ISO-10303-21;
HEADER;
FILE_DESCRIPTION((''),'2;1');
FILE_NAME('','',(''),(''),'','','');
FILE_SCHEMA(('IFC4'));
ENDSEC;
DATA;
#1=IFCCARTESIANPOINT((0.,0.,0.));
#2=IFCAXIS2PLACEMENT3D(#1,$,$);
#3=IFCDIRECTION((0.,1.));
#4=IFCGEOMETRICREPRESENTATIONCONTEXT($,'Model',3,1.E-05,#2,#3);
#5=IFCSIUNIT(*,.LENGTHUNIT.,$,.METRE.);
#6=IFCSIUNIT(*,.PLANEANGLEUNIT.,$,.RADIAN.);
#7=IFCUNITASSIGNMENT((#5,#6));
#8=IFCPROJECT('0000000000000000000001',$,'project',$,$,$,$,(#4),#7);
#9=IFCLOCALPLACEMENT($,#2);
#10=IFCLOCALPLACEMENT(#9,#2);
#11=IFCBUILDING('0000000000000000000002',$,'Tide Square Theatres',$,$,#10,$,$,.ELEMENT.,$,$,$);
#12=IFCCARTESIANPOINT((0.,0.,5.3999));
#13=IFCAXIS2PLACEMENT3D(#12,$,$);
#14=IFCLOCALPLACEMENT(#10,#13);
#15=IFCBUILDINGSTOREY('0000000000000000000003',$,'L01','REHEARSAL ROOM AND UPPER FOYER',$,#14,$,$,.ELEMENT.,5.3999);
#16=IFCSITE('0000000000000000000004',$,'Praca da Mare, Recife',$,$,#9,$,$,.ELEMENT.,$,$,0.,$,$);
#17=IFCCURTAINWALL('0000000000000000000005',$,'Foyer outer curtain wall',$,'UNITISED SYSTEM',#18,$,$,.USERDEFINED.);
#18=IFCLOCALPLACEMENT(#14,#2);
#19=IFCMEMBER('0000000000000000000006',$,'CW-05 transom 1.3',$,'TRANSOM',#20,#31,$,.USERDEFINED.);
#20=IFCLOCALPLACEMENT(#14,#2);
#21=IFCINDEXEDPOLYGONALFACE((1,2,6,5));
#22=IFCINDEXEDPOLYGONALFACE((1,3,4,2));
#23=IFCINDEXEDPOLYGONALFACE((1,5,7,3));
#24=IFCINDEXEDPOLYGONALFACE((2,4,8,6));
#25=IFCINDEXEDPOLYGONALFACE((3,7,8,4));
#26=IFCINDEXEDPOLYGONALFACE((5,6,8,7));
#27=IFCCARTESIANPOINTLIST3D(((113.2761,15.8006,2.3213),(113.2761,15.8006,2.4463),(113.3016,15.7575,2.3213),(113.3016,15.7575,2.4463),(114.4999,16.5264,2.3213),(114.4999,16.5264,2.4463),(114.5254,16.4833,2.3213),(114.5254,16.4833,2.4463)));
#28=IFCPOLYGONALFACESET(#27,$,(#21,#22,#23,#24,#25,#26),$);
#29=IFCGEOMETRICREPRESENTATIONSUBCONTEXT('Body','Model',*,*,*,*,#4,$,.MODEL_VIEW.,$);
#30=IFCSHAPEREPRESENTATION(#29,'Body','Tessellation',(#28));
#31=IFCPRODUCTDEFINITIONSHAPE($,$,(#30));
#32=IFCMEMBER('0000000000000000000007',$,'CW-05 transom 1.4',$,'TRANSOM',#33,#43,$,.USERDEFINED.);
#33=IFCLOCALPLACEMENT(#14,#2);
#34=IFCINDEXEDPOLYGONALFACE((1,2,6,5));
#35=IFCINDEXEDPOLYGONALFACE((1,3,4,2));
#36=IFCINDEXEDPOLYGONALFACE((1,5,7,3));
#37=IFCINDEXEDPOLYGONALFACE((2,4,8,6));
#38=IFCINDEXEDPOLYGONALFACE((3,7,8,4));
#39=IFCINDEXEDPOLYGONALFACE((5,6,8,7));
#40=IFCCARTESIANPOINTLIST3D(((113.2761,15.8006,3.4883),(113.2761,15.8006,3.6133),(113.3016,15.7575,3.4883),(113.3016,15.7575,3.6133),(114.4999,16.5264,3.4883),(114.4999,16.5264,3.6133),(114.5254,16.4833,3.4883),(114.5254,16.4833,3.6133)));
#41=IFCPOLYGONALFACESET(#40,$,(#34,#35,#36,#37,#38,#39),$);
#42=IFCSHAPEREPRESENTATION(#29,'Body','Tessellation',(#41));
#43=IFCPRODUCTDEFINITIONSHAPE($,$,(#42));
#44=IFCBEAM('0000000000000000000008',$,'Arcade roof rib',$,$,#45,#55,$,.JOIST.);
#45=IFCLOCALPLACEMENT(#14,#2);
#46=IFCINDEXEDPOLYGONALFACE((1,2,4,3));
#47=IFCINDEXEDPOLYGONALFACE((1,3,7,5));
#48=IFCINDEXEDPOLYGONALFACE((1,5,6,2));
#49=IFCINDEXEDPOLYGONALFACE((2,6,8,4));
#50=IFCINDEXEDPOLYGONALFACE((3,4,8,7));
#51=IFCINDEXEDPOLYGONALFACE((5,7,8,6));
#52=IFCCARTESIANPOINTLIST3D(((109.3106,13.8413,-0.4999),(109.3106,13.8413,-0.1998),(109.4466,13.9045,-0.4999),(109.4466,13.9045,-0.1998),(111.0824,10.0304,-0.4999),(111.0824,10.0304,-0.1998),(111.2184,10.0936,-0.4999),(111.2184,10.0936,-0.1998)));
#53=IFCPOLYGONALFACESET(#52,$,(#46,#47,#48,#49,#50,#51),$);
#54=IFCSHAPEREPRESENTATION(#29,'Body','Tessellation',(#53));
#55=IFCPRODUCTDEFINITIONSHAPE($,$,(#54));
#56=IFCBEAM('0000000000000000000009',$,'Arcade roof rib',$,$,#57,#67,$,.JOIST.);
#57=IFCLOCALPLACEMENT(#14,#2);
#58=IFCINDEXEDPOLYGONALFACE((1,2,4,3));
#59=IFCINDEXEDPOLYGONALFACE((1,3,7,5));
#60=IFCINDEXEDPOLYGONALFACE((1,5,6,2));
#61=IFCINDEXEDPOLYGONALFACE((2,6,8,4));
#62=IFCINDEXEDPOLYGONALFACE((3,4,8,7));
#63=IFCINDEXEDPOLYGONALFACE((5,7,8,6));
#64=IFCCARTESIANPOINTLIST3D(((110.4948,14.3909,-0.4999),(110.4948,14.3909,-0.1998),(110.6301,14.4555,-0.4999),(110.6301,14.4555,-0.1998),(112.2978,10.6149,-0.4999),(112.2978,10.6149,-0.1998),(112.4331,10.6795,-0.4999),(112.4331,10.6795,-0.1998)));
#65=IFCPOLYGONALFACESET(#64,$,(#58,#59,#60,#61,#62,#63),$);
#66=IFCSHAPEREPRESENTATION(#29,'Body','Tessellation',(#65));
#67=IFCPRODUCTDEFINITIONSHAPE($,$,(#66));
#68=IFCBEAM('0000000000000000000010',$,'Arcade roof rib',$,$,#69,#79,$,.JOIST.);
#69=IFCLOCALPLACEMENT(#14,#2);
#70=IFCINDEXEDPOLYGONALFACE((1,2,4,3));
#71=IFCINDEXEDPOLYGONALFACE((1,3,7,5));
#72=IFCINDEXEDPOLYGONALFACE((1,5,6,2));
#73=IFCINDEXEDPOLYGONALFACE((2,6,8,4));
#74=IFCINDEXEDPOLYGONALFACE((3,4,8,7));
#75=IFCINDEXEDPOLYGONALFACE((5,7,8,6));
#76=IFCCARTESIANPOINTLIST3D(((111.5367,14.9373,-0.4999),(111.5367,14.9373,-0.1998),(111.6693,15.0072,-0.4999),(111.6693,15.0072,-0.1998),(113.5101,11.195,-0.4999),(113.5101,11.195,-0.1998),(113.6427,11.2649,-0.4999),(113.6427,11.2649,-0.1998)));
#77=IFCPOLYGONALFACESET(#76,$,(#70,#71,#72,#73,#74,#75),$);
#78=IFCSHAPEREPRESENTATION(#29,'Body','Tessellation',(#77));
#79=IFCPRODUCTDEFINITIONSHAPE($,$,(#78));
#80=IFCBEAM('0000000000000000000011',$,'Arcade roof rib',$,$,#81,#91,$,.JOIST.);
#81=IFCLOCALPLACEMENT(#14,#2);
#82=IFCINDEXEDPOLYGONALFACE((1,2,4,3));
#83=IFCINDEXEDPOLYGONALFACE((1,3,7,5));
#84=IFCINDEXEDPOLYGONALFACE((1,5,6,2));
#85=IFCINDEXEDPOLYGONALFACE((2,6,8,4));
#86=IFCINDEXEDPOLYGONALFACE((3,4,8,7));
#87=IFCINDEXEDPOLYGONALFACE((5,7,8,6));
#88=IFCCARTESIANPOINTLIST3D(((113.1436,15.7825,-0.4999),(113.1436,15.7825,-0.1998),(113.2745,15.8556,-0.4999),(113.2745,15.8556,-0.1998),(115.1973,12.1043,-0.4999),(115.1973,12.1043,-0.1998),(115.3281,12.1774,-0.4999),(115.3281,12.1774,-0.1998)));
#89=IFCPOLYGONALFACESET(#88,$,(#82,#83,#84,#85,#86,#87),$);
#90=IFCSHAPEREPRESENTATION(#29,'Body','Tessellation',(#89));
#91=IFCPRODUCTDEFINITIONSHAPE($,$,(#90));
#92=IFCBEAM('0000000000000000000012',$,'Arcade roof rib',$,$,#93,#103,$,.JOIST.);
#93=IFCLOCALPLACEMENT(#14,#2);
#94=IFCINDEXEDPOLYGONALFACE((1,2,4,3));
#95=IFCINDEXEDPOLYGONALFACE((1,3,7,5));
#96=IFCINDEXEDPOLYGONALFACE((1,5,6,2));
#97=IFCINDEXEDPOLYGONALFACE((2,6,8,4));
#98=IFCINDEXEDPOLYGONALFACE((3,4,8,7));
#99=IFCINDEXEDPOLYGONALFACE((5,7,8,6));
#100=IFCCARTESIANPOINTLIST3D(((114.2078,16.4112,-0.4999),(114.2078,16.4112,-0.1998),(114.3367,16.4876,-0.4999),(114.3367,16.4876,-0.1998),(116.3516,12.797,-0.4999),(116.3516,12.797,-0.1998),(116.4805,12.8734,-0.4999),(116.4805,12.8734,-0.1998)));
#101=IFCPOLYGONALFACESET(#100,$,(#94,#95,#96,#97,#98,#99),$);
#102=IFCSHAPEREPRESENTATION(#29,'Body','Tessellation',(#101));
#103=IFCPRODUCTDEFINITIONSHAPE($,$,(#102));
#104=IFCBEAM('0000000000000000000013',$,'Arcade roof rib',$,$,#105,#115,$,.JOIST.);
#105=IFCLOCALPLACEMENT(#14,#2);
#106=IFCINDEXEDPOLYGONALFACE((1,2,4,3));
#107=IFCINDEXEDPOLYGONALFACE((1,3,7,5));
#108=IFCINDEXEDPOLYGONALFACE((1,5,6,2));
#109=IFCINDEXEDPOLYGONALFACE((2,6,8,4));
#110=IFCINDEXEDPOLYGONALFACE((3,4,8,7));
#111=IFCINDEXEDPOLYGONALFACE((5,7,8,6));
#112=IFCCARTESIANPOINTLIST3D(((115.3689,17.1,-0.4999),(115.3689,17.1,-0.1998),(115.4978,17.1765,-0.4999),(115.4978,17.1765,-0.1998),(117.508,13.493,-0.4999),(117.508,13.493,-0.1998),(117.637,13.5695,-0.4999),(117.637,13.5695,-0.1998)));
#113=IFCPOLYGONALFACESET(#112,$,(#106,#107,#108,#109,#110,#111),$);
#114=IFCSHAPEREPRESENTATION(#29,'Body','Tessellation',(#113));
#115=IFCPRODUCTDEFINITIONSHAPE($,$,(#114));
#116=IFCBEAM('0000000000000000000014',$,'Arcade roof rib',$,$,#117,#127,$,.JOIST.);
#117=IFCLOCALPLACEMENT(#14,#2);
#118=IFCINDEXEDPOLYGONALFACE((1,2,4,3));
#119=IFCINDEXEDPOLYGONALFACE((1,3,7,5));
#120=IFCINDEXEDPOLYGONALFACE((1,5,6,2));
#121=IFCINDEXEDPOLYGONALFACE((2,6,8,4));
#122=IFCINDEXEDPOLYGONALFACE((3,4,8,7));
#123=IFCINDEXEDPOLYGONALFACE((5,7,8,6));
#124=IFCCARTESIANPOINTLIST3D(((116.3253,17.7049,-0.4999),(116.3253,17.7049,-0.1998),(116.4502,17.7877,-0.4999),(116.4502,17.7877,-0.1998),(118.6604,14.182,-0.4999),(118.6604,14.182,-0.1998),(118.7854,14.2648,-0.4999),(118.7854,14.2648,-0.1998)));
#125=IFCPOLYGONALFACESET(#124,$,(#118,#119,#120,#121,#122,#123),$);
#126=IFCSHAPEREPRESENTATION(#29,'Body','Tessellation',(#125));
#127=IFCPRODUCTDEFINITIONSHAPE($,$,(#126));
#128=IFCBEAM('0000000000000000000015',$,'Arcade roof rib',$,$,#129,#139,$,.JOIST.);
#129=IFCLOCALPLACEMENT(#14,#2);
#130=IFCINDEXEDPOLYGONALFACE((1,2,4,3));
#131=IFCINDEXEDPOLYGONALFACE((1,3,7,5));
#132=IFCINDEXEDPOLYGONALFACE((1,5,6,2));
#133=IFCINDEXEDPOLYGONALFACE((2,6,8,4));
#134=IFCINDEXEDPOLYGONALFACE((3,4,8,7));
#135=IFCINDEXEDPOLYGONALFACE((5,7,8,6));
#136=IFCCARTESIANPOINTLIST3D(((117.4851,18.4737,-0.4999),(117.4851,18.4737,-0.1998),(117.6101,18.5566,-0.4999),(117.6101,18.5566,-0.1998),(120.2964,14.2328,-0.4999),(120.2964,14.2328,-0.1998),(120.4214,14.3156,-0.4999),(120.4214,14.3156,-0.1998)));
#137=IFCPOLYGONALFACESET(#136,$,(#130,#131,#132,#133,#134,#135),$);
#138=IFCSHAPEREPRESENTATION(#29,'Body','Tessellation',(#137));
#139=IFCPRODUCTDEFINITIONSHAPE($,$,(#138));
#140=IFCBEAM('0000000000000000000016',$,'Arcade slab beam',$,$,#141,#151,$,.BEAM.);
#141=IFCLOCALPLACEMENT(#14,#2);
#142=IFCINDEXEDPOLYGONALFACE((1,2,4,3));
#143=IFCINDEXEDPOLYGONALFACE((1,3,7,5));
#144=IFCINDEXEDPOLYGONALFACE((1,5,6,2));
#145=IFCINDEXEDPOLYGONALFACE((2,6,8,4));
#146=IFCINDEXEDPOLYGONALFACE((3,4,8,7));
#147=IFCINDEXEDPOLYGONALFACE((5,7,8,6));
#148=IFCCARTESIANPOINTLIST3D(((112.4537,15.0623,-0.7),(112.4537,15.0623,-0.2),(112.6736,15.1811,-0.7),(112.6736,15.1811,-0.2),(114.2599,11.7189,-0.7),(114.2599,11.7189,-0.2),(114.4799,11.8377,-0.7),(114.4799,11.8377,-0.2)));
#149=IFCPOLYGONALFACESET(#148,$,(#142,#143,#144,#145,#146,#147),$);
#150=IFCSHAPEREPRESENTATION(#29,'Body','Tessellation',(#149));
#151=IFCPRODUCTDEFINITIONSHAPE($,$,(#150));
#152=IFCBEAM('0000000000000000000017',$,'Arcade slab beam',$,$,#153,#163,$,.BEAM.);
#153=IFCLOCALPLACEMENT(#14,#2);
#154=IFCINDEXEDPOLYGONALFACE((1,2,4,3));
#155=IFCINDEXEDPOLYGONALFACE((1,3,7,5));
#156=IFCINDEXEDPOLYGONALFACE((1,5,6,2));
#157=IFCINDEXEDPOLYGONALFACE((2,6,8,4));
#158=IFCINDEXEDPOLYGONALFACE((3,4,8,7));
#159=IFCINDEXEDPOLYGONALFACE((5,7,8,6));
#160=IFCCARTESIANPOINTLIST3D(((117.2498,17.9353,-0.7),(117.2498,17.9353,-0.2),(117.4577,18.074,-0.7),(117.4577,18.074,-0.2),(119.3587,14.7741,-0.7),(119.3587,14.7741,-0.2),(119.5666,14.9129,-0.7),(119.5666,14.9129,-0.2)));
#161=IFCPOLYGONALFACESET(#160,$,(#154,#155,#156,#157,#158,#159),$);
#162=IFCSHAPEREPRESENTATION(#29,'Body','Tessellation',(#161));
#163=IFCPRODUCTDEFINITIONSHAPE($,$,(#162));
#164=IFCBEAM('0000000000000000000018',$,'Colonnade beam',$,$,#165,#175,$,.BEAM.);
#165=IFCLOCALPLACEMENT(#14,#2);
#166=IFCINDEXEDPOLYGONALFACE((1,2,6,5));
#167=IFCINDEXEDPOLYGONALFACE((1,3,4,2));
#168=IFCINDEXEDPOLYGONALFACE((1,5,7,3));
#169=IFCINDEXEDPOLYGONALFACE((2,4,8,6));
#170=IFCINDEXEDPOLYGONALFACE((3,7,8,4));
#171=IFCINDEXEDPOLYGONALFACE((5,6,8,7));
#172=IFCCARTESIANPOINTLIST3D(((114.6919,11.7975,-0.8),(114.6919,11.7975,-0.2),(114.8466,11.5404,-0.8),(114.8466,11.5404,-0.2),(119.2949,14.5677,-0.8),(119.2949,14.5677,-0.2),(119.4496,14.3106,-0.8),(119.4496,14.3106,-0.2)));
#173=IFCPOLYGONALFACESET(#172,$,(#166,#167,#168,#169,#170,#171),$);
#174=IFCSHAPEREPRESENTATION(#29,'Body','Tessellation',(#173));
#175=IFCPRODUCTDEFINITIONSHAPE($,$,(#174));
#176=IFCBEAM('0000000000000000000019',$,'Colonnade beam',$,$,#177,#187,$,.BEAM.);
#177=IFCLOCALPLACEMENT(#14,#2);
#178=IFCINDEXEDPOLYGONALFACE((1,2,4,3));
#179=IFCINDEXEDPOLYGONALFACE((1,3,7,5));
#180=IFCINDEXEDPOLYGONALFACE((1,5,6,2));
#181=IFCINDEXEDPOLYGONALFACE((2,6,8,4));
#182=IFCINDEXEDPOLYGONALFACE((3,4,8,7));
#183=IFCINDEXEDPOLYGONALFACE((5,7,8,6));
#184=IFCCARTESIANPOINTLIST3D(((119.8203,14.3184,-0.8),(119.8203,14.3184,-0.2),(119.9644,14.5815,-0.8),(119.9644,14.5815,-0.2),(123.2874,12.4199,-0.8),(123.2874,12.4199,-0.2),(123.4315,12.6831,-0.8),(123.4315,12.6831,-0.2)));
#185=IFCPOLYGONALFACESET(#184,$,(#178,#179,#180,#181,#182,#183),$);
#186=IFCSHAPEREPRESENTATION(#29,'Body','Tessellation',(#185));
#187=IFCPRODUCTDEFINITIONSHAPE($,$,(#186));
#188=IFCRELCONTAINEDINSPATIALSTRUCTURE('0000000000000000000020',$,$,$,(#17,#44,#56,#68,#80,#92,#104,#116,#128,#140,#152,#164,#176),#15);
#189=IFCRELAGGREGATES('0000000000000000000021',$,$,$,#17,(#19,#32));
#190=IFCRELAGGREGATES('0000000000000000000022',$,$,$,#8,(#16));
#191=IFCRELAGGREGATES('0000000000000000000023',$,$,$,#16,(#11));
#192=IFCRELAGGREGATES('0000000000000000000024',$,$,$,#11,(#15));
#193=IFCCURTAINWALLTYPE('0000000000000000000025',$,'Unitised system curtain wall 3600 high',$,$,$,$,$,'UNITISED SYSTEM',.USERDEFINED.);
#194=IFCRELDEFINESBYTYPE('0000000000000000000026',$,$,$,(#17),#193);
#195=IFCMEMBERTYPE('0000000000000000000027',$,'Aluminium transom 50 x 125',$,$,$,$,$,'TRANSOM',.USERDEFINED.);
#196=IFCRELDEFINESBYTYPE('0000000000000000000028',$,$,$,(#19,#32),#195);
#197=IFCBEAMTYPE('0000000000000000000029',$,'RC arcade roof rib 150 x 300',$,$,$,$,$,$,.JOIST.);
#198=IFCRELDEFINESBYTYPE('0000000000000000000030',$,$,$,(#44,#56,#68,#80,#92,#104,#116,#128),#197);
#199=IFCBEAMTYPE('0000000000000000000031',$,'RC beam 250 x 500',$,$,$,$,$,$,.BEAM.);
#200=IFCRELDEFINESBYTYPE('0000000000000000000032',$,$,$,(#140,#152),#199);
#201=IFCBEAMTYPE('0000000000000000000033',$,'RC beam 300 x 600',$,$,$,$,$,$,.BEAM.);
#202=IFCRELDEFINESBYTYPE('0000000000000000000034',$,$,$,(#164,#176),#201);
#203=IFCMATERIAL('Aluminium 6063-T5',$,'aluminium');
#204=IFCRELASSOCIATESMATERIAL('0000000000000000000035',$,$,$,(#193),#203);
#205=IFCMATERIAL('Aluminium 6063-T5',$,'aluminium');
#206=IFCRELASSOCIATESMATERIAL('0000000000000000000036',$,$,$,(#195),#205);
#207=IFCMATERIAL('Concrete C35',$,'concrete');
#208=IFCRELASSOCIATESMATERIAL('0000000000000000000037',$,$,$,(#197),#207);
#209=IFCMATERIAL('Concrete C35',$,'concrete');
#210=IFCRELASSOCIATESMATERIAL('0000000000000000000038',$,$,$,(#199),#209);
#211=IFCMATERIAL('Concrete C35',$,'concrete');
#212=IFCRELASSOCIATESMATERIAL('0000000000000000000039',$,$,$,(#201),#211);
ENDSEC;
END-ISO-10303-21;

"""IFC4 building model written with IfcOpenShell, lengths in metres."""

from ifc_helpers import new_model, si_unit, direction, frame, origin, origin_2d, place, context, subcontext, project, spatial, rectangle, extrude, material, material_profile, profile_set, type_object, element, aggregate, save


model = new_model("IFC4")

# Units and contexts
model_context = context("Model", 3, precision=1e-05, world=origin(), true_north=direction((0.0, 1.0)))
body_context = subcontext(model_context, "Body", "Model", "MODEL_VIEW")
ifc_project = project(units=[si_unit("LENGTHUNIT", "METRE"), si_unit("PLANEANGLEUNIT", "RADIAN")], contexts=[model_context])

# Site, building, storey
site_placement = place(None, origin())
site = spatial("IfcSite", under=ifc_project, at=site_placement, Name="Praca da Mare, Recife", CompositionType="ELEMENT", RefElevation=0.0)
building_placement = place(site_placement, origin())
building = spatial("IfcBuilding", under=site, at=building_placement, Name="Tide Square Theatres", CompositionType="ELEMENT")
storey_placement = place(building_placement, frame((0.0, 0.0, 5.3999)))
storey = spatial("IfcBuildingStorey", under=building, at=storey_placement, Name="L01", Description="REHEARSAL ROOM AND UPPER FOYER", CompositionType="ELEMENT", Elevation=5.3999)

# Shared definitions
ifc_material_1 = material(Name="Aluminium 6063-T5", Category="aluminium")
curtain_wall_type = type_object("IfcCurtainWallType", Name="Unitised system curtain wall 3600 high", ElementType="UNITISED SYSTEM", PredefinedType="USERDEFINED", material=ifc_material_1)

# Curtain wall
curtain_wall_1_placement = place(storey_placement, origin())
curtain_wall_1 = element("IfcCurtainWall", 1, at=curtain_wall_1_placement, inside=storey, type_object=curtain_wall_type, Name="Foyer outer curtain wall", ObjectType="UNITISED SYSTEM", PredefinedType="USERDEFINED")

# Members
ifc_material_2 = material(Name="Aluminium 6063-T5", Category="aluminium")
ifc_material_profile_1 = material_profile(ifc_material_2, rectangle(XDim=0.05, YDim=0.125, at=origin_2d()))
ifc_profile_set_1 = profile_set([ifc_material_profile_1], Name="Aluminium 6063-T5")
member_type_1 = type_object("IfcMemberType", Name="Aluminium transom 50 x 125", ElementType="TRANSOM", PredefinedType="USERDEFINED", material=ifc_profile_set_1)
member_1_placement = place(storey_placement, frame((113.2888, 15.7791, 2.3838), z_axis=(0.860116, 0.510099, 0.0), x_axis=(-0.510099, 0.860116, 0.0)))
member_1 = element("IfcMember", 2, at=member_1_placement, type_object=member_type_1, Name="CW-05 transom 1.3", ObjectType="TRANSOM", PredefinedType="USERDEFINED", context=body_context, shape_type="SweptSolid", body=[
    extrude(rectangle(XDim=0.05, YDim=0.125, at=origin_2d()), origin(), (0.0, 0.0, 1.0), 1.4229),
])
member_2_placement = place(storey_placement, frame((113.2888, 15.7791, 3.5508), z_axis=(0.860116, 0.510099, 0.0), x_axis=(-0.510099, 0.860116, 0.0)))
member_2 = element("IfcMember", 3, at=member_2_placement, type_object=member_type_1, Name="CW-05 transom 1.4", ObjectType="TRANSOM", PredefinedType="USERDEFINED", context=body_context, shape_type="SweptSolid", body=[
    extrude(rectangle(XDim=0.05, YDim=0.125, at=origin_2d()), origin(), (0.0, 0.0, 1.0), 1.4229),
])

# Beams
ifc_material_3 = material(Name="Concrete C35", Category="concrete")
ifc_material_profile_2 = material_profile(ifc_material_3, rectangle(XDim=0.1499, YDim=0.3, at=origin_2d()))
ifc_profile_set_2 = profile_set([ifc_material_profile_2], Name="Concrete C35")
beam_type_1 = type_object("IfcBeamType", Name="RC arcade roof rib 150 x 300", PredefinedType="JOIST", material=ifc_profile_set_2)
beam_1_placement = place(storey_placement, frame((111.1504, 10.062, -0.3499), z_axis=(-0.421587, 0.906788, 0.0), x_axis=(-0.906788, -0.421587, 0.0)))
element("IfcBeam", 4, at=beam_1_placement, inside=storey, type_object=beam_type_1, Name="Arcade roof rib", PredefinedType="JOIST", context=body_context, shape_type="SweptSolid", body=[
    extrude(rectangle(XDim=0.1499, YDim=0.3, at=origin_2d()), origin(), (0.0, 0.0, 1.0), 4.2026),
])
beam_2_placement = place(storey_placement, frame((112.3655, 10.6472, -0.3499), z_axis=(-0.430896, 0.902402, 0.0), x_axis=(-0.902402, -0.430896, 0.0)))
element("IfcBeam", 5, at=beam_2_placement, inside=storey, type_object=beam_type_1, Name="Arcade roof rib", PredefinedType="JOIST", context=body_context, shape_type="SweptSolid", body=[
    extrude(rectangle(XDim=0.1499, YDim=0.3, at=origin_2d()), origin(), (0.0, 0.0, 1.0), 4.1843),
])
beam_3_placement = place(storey_placement, frame((113.5764, 11.23, -0.3499), z_axis=(-0.466453, 0.884546, 0.0), x_axis=(-0.884546, -0.466453, 0.0)))
element("IfcBeam", 6, at=beam_3_placement, inside=storey, type_object=beam_type_1, Name="Arcade roof rib", PredefinedType="JOIST", context=body_context, shape_type="SweptSolid", body=[
    extrude(rectangle(XDim=0.1499, YDim=0.3, at=origin_2d()), origin(), (0.0, 0.0, 1.0), 4.2307),
])
beam_4_placement = place(storey_placement, frame((115.2627, 12.1409, -0.3499), z_axis=(-0.487502, 0.873122, 0.0), x_axis=(-0.873122, -0.487502, 0.0)))
element("IfcBeam", 7, at=beam_4_placement, inside=storey, type_object=beam_type_1, Name="Arcade roof rib", PredefinedType="JOIST", context=body_context, shape_type="SweptSolid", body=[
    extrude(rectangle(XDim=0.1499, YDim=0.3, at=origin_2d()), origin(), (0.0, 0.0, 1.0), 4.2126),
])
beam_5_placement = place(storey_placement, frame((116.416, 12.8352, -0.3499), z_axis=(-0.510157, 0.860081, 0.0), x_axis=(-0.860081, -0.510157, 0.0)))
element("IfcBeam", 8, at=beam_5_placement, inside=storey, type_object=beam_type_1, Name="Arcade roof rib", PredefinedType="JOIST", context=body_context, shape_type="SweptSolid", body=[
    extrude(rectangle(XDim=0.1499, YDim=0.3, at=origin_2d()), origin(), (0.0, 0.0, 1.0), 4.2021),
])
beam_6_placement = place(storey_placement, frame((117.5725, 13.5312, -0.3499), z_axis=(-0.510106, 0.860112, 0.0), x_axis=(-0.860112, -0.510106, 0.0)))
element("IfcBeam", 9, at=beam_6_placement, inside=storey, type_object=beam_type_1, Name="Arcade roof rib", PredefinedType="JOIST", context=body_context, shape_type="SweptSolid", body=[
    extrude(rectangle(XDim=0.1499, YDim=0.3, at=origin_2d()), origin(), (0.0, 0.0, 1.0), 4.1936),
])
beam_7_placement = place(storey_placement, frame((118.7229, 14.2234, -0.3499), z_axis=(-0.552499, 0.833514, 0.0), x_axis=(-0.833514, -0.552499, 0.0)))
element("IfcBeam", 10, at=beam_7_placement, inside=storey, type_object=beam_type_1, Name="Arcade roof rib", PredefinedType="JOIST", context=body_context, shape_type="SweptSolid", body=[
    extrude(rectangle(XDim=0.1499, YDim=0.3, at=origin_2d()), origin(), (0.0, 0.0, 1.0), 4.2266),
])
beam_8_placement = place(storey_placement, frame((120.3589, 14.2742, -0.3499), z_axis=(-0.552517, 0.833502, 0.0), x_axis=(-0.833502, -0.552517, 0.0)))
element("IfcBeam", 11, at=beam_8_placement, inside=storey, type_object=beam_type_1, Name="Arcade roof rib", PredefinedType="JOIST", context=body_context, shape_type="SweptSolid", body=[
    extrude(rectangle(XDim=0.1499, YDim=0.3, at=origin_2d()), origin(), (0.0, 0.0, 1.0), 5.0881),
])
ifc_material_4 = material(Name="Concrete C35", Category="concrete")
ifc_material_profile_3 = material_profile(ifc_material_4, rectangle(XDim=0.25, YDim=0.5, at=origin_2d()))
ifc_profile_set_3 = profile_set([ifc_material_profile_3], Name="Concrete C35")
beam_type_2 = type_object("IfcBeamType", Name="RC beam 250 x 500", PredefinedType="BEAM", material=ifc_profile_set_3)
for number, where, z_axis, x_axis, name in (
    (12, (114.3699, 11.7783, -0.45), (-0.47531, 0.879818, 0.0), (-0.879818, -0.47531, 0.0), "Arcade slab beam"),
    (13, (119.4626, 14.8435, -0.45), (-0.554967, 0.831872, 0.0), (-0.831872, -0.554967, 0.0), "Arcade slab beam"),
):
    element("IfcBeam", number, at=place(storey_placement, frame(where, z_axis=z_axis, x_axis=x_axis)), inside=storey, type_object=beam_type_2, Name=name, PredefinedType="BEAM", context=body_context, shape_type="SweptSolid", body=[
        extrude(rectangle(XDim=0.25, YDim=0.5, at=origin_2d()), origin(), (0.0, 0.0, 1.0), 3.8),
    ])
ifc_material_5 = material(Name="Concrete C35", Category="concrete")
ifc_material_profile_4 = material_profile(ifc_material_5, rectangle(XDim=0.3, YDim=0.6001, at=origin_2d()))
ifc_profile_set_4 = profile_set([ifc_material_profile_4], Name="Concrete C35")
beam_type_3 = type_object("IfcBeamType", Name="RC beam 300 x 600", PredefinedType="BEAM", material=ifc_profile_set_4)
beam_9_placement = place(storey_placement, frame((114.7693, 11.6689, -0.5), z_axis=(0.856798, 0.515651, 0.0), x_axis=(-0.515651, 0.856798, 0.0)))
element("IfcBeam", 14, at=beam_9_placement, inside=storey, type_object=beam_type_3, Name="Colonnade beam", PredefinedType="BEAM", context=body_context, shape_type="SweptSolid", body=[
    extrude(rectangle(XDim=0.3, YDim=0.6001, at=origin_2d()), origin(), (0.0, 0.0, 1.0), 5.3723),
])
beam_10_placement = place(storey_placement, frame((119.8923, 14.45, -0.5), z_axis=(0.877115, -0.48028, 0.0), x_axis=(0.48028, 0.877115, 0.0)))
element("IfcBeam", 15, at=beam_10_placement, inside=storey, type_object=beam_type_3, Name="Colonnade beam", PredefinedType="BEAM", context=body_context, shape_type="SweptSolid", body=[
    extrude(rectangle(XDim=0.3, YDim=0.6001, at=origin_2d()), origin(), (0.0, 0.0, 1.0), 3.9529),
])

aggregate(curtain_wall_1, [member_1, member_2])

save(model, "model.ifc")
